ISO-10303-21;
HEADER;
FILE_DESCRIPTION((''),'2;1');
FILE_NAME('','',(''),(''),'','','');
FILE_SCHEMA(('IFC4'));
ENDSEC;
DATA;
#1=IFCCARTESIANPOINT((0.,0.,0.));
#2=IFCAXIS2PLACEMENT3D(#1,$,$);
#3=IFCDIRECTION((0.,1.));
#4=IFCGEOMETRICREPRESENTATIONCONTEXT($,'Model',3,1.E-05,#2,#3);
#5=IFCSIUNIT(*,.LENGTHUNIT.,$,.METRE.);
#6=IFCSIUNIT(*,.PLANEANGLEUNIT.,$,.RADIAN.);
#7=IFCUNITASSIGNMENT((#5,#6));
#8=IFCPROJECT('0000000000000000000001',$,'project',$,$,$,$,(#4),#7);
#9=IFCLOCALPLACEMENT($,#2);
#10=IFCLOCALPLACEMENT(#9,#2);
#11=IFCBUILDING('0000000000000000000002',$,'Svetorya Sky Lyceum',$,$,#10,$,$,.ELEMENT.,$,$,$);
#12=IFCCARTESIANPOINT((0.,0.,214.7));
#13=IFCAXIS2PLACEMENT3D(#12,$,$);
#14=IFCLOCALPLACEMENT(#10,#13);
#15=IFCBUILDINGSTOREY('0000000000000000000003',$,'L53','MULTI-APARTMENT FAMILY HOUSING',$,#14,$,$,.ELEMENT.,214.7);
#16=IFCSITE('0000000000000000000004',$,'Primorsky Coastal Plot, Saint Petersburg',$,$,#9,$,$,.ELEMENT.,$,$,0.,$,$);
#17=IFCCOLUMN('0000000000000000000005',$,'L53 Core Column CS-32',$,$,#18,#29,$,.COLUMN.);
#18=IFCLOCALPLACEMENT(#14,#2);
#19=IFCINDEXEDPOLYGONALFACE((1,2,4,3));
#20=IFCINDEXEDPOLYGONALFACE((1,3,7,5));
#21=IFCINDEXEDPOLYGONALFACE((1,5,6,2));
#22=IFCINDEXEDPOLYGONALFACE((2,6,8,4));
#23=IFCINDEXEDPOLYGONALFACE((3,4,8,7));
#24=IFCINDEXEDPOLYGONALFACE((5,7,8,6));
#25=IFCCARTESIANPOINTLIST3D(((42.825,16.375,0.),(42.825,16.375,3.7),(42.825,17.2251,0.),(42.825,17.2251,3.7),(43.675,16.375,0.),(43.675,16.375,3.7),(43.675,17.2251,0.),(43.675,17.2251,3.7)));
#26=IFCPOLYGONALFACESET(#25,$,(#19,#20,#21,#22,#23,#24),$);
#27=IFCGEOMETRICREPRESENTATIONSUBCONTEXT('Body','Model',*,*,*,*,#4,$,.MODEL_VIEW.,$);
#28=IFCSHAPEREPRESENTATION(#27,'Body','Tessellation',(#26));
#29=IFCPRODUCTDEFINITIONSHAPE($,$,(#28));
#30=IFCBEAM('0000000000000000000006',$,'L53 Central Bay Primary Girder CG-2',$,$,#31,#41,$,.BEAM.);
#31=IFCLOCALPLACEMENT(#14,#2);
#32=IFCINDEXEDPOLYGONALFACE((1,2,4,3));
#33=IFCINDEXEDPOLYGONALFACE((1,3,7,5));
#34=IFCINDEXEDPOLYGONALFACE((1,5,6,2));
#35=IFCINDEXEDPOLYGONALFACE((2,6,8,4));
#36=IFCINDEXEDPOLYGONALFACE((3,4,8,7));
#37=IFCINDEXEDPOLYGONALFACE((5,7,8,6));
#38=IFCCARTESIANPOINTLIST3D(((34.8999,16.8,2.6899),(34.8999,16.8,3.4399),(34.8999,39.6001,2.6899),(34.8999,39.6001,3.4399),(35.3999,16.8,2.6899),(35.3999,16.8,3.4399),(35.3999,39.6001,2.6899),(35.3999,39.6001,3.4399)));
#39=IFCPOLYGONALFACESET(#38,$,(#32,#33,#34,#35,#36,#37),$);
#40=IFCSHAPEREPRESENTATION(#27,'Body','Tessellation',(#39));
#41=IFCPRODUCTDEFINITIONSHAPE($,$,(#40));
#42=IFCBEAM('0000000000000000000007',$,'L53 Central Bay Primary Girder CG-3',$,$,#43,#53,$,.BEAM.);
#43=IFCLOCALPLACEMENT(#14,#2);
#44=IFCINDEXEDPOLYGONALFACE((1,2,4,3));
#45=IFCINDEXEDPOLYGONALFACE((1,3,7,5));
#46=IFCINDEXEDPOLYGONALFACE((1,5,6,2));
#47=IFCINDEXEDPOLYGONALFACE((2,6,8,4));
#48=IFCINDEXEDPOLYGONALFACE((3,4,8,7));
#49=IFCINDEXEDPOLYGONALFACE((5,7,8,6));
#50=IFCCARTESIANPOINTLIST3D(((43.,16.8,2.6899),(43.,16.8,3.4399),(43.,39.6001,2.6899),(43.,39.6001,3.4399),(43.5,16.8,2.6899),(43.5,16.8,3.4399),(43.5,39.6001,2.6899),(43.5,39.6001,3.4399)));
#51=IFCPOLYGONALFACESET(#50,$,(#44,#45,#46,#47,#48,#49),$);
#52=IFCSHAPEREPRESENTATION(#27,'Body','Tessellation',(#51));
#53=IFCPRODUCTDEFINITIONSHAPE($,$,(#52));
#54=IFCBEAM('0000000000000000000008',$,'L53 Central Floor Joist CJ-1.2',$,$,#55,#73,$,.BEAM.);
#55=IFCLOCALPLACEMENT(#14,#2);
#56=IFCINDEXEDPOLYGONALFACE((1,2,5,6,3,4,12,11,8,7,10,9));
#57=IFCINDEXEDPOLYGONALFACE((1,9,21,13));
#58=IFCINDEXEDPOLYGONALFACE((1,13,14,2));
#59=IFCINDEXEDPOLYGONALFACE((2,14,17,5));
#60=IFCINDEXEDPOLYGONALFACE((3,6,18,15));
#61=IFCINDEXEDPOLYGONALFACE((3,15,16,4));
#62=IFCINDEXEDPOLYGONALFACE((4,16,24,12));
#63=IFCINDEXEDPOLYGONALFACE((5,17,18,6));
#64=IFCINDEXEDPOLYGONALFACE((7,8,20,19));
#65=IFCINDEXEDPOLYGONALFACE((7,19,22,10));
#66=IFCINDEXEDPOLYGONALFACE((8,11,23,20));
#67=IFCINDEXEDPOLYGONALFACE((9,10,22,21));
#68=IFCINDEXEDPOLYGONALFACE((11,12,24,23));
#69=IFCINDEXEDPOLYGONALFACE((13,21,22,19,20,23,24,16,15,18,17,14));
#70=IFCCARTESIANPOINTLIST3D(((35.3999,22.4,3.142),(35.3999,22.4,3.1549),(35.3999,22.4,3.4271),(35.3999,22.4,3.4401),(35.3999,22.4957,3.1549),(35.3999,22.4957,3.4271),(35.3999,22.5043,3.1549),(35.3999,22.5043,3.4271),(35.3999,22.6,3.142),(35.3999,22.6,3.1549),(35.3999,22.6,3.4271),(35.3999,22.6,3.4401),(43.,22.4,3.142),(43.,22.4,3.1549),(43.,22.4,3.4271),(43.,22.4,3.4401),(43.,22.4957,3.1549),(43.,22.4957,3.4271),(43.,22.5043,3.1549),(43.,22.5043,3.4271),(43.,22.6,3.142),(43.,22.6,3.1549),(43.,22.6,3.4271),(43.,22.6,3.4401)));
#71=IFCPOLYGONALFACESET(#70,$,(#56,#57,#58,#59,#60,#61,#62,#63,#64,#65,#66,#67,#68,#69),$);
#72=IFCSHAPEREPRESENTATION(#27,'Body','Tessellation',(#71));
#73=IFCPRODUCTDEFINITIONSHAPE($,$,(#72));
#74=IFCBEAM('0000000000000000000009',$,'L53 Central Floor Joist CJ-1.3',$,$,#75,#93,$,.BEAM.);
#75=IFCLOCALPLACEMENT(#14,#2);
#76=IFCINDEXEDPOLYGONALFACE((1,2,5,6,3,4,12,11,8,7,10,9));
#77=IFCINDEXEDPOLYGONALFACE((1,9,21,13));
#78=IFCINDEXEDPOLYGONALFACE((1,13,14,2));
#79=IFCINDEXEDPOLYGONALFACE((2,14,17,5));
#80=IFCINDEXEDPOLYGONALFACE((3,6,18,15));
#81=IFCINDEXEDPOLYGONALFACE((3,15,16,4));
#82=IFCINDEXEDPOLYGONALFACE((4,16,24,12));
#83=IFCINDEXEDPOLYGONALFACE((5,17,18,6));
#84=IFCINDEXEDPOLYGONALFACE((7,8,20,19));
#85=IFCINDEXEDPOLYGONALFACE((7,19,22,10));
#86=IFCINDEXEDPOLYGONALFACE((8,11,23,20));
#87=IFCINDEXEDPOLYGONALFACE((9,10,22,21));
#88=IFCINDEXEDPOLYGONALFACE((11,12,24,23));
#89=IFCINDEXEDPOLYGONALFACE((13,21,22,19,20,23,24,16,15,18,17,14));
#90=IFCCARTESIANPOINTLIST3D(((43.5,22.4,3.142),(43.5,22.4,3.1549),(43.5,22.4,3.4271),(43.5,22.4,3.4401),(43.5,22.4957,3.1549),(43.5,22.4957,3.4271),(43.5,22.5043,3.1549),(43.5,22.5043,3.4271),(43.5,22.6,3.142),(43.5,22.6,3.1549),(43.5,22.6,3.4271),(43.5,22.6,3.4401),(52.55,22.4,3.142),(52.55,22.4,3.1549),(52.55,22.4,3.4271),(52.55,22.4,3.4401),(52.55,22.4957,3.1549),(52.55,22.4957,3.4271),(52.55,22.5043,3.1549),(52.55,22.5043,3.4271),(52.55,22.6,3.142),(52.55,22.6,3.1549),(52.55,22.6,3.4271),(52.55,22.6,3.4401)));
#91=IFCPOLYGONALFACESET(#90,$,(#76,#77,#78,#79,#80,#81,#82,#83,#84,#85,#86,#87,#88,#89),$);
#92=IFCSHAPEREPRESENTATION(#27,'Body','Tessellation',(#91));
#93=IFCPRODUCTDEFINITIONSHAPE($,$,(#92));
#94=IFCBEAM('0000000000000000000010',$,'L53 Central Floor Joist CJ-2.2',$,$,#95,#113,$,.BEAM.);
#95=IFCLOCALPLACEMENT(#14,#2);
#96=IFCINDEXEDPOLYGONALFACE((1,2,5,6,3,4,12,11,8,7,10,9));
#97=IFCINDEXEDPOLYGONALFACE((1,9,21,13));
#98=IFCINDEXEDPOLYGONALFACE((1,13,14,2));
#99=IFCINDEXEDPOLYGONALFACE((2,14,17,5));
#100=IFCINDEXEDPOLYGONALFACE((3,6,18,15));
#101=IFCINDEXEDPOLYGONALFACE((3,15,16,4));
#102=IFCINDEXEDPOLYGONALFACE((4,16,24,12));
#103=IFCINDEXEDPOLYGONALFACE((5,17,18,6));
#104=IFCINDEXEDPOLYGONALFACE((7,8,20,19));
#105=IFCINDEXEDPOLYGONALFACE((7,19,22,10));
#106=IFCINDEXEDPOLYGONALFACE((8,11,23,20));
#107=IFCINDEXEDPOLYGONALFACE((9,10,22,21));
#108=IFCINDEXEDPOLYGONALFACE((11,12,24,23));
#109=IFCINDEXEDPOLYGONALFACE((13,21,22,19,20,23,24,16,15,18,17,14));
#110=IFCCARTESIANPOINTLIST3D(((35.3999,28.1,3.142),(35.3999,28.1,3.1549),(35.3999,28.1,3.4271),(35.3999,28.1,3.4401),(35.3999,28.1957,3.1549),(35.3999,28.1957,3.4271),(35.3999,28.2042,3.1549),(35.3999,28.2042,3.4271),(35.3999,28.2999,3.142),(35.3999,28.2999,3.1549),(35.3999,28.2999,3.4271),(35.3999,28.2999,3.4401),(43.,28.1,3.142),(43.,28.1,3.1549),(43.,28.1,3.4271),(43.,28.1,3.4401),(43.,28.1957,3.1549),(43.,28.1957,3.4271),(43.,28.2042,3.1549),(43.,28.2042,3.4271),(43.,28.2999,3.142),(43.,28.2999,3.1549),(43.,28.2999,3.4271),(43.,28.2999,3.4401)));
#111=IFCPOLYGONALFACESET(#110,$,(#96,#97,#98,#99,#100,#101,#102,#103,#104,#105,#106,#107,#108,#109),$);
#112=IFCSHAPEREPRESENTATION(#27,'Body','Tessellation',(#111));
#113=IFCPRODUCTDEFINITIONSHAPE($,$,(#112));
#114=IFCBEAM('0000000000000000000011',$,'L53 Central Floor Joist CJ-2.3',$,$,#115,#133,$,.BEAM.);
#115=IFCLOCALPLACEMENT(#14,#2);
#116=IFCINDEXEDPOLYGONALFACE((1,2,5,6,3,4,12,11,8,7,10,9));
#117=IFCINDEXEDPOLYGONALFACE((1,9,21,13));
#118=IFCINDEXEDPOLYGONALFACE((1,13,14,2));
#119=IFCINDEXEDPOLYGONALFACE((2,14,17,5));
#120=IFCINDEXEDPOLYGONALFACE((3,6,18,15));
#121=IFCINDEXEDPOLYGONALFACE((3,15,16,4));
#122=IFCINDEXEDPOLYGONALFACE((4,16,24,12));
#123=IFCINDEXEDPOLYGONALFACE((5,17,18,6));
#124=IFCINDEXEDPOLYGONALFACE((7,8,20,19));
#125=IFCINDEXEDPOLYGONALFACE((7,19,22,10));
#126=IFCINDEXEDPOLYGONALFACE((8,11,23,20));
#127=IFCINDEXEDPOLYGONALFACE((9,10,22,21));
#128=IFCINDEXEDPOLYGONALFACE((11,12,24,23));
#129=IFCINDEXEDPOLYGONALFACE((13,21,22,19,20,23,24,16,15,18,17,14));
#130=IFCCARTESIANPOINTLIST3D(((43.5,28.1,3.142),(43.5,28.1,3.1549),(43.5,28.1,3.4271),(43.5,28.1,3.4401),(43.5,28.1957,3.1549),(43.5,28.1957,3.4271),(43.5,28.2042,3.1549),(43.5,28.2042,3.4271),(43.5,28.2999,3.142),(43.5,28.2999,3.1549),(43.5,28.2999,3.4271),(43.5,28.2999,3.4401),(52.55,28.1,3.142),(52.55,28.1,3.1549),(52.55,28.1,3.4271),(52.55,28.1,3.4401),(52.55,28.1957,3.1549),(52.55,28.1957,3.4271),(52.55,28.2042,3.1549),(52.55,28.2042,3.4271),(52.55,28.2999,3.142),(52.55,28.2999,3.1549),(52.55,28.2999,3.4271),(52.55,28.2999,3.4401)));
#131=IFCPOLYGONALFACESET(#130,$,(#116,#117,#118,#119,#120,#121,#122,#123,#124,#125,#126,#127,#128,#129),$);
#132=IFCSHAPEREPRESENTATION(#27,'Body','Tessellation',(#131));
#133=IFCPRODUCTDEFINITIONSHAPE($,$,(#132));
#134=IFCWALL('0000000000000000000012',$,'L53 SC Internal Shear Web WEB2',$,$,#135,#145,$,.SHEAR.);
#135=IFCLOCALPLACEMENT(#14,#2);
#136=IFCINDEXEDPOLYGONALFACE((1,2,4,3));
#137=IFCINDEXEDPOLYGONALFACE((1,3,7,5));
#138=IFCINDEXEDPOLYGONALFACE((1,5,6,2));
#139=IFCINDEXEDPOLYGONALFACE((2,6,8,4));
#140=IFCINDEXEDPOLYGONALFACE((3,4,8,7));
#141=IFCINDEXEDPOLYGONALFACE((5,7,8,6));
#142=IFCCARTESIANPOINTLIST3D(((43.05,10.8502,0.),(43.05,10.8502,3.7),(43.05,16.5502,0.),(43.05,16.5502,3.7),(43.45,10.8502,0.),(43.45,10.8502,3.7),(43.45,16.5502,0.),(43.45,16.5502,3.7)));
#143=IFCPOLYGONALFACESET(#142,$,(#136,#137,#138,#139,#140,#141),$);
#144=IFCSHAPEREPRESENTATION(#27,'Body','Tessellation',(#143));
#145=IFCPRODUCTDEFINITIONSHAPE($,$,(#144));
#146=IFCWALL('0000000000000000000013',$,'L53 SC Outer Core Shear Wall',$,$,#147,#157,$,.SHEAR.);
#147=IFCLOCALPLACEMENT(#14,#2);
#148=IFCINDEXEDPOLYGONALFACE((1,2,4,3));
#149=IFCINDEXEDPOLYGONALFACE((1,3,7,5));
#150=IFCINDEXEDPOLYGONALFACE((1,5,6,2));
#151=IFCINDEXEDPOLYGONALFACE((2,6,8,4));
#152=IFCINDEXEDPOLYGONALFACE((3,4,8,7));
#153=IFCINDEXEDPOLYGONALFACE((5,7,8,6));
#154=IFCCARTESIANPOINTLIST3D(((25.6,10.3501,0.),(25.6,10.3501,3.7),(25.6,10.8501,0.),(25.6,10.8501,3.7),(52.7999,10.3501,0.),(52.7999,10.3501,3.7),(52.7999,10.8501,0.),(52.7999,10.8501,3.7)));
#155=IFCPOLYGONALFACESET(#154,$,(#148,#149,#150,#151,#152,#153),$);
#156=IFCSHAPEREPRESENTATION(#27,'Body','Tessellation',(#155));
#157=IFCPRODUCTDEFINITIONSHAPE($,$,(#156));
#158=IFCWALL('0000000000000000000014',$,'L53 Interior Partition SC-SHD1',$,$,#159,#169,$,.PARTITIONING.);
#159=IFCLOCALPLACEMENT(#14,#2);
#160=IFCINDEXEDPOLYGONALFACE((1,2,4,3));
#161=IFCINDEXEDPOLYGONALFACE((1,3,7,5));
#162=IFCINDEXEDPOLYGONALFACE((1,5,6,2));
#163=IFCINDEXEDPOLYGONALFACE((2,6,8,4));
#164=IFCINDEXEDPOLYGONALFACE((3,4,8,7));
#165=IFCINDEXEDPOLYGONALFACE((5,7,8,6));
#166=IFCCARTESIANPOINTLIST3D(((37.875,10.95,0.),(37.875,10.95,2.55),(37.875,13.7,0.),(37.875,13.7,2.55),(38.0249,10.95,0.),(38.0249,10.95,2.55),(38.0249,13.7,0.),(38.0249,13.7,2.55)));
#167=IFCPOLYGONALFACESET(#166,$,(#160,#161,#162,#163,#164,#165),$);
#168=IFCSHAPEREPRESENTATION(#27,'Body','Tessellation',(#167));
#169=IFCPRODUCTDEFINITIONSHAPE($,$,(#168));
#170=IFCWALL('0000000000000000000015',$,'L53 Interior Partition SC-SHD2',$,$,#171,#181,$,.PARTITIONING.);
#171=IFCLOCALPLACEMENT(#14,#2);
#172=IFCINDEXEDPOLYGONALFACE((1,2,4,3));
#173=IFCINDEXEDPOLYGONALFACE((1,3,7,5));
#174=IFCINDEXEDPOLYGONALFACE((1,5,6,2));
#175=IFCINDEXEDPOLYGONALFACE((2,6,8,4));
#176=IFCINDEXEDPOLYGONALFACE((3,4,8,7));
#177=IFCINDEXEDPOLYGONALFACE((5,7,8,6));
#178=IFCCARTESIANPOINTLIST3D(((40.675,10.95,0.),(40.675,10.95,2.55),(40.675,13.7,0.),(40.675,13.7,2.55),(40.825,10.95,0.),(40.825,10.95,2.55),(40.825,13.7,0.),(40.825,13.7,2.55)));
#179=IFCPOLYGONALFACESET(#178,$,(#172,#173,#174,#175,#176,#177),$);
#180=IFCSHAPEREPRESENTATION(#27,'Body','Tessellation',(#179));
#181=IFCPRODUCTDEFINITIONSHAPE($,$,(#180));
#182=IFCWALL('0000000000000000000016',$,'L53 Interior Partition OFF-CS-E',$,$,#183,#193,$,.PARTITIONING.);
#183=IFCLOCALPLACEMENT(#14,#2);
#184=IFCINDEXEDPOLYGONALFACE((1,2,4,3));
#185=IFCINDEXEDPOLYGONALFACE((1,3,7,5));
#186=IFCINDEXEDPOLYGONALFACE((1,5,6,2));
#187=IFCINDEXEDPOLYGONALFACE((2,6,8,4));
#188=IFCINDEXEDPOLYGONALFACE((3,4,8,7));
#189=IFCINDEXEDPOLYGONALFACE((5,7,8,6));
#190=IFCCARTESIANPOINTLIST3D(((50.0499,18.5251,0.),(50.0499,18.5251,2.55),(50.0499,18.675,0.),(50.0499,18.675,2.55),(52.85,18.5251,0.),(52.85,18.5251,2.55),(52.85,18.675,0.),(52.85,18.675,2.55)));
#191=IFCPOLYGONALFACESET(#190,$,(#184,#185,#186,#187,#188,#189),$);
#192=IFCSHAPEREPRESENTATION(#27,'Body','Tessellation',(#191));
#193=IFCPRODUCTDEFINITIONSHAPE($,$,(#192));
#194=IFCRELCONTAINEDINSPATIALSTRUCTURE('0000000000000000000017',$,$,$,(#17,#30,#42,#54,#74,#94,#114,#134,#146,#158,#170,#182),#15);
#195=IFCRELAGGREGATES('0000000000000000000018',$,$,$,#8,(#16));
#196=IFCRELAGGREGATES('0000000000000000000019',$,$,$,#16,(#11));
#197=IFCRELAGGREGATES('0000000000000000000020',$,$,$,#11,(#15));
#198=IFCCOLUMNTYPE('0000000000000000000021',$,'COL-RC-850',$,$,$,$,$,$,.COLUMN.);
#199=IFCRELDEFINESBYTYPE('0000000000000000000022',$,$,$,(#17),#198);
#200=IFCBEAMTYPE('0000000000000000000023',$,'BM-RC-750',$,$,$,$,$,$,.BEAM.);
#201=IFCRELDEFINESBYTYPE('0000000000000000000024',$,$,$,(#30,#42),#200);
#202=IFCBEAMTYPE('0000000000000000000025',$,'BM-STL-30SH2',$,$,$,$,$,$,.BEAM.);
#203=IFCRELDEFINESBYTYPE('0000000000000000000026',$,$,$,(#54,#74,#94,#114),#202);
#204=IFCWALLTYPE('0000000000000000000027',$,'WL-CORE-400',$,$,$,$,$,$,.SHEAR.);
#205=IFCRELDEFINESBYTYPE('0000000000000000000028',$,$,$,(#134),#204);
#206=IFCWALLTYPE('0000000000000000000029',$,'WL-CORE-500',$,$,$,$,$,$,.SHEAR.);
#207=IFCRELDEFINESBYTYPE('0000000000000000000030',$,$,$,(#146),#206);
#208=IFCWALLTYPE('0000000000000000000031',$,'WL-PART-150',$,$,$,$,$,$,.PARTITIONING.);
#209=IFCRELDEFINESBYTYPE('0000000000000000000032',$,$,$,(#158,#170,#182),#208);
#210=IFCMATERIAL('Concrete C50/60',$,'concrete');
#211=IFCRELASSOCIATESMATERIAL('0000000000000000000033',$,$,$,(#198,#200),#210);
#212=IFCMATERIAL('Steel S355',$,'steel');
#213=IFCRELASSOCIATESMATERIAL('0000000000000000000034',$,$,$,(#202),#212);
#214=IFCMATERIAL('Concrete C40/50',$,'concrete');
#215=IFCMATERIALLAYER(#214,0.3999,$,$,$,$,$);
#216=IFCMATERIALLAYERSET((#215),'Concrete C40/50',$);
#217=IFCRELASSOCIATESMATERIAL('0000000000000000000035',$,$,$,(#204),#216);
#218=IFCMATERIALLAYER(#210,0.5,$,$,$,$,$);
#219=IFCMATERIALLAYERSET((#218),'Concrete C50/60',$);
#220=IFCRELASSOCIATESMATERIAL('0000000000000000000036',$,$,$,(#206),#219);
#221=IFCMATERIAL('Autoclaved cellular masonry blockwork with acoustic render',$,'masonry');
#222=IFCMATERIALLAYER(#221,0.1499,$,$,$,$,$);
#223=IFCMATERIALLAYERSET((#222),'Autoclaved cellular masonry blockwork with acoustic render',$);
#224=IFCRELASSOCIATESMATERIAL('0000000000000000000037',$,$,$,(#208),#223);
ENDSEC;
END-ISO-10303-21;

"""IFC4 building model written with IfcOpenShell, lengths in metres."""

from ifc_helpers import new_model, si_unit, direction, frame, frame_2d, origin, origin_2d, place, context, subcontext, project, spatial, rectangle, i_section, extrude, material, layer, layer_set, material_profile, profile_set, type_object, element, save


model = new_model("IFC4")

# Units and contexts
model_context = context("Model", 3, precision=1e-05, world=origin(), true_north=direction((0.0, 1.0)))
body_context = subcontext(model_context, "Body", "Model", "MODEL_VIEW")
ifc_project = project(units=[si_unit("LENGTHUNIT", "METRE"), si_unit("PLANEANGLEUNIT", "RADIAN")], contexts=[model_context])

# Site, building, storey
site_placement = place(None, origin())
site = spatial("IfcSite", under=ifc_project, at=site_placement, Name="Primorsky Coastal Plot, Saint Petersburg", CompositionType="ELEMENT", RefElevation=0.0)
building_placement = place(site_placement, origin())
building = spatial("IfcBuilding", under=site, at=building_placement, Name="Svetorya Sky Lyceum", CompositionType="ELEMENT")
storey_placement = place(building_placement, frame((0.0, 0.0, 214.7)))
storey = spatial("IfcBuildingStorey", under=building, at=storey_placement, Name="L53", Description="MULTI-APARTMENT FAMILY HOUSING", CompositionType="ELEMENT", Elevation=214.7)

# Column
ifc_material_1 = material(Name="Concrete C50/60", Category="concrete")
ifc_material_profile_1 = material_profile(ifc_material_1, rectangle(XDim=0.8501, YDim=0.8501, at=origin_2d()), Name="RC COL 850x850")
ifc_profile_set_1 = profile_set([ifc_material_profile_1], Name="Concrete C50/60")
column_type = type_object("IfcColumnType", Name="COL-RC-850", PredefinedType="COLUMN", material=ifc_profile_set_1)
column_placement = place(storey_placement, frame((43.25, 16.8, 0.0), z_axis=(0.0, 0.0, 1.0), x_axis=(1.0, 0.0, 0.0)))
element("IfcColumn", 1, at=column_placement, inside=storey, type_object=column_type, Name="L53 Core Column CS-32", PredefinedType="COLUMN", context=body_context, shape_type="SweptSolid", body=[
    extrude(rectangle(XDim=0.8501, YDim=0.8501, at=origin_2d()), origin(), (0.0, 0.0, 1.0), 3.7),
])

# Beams
ifc_material_profile_2 = material_profile(ifc_material_1, rectangle(XDim=0.5, YDim=0.75, at=origin_2d()), Name="RC BEAM 500x750")
ifc_profile_set_2 = profile_set([ifc_material_profile_2], Name="Concrete C50/60")
beam_type_1 = type_object("IfcBeamType", Name="BM-RC-750", PredefinedType="BEAM", material=ifc_profile_set_2)
for number, where, z_axis, x_axis, name in (
    (2, (35.1499, 16.8, 3.0649), (0.0, 1.0, 0.0), (-1.0, 0.0, 0.0), "L53 Central Bay Primary Girder CG-2"),
    (3, (43.25, 16.8, 3.0649), (0.0, 1.0, 0.0), (-1.0, 0.0, 0.0), "L53 Central Bay Primary Girder CG-3"),
):
    element("IfcBeam", number, at=place(storey_placement, frame(where, z_axis=z_axis, x_axis=x_axis)), inside=storey, type_object=beam_type_1, Name=name, PredefinedType="BEAM", context=body_context, shape_type="SweptSolid", body=[
        extrude(rectangle(XDim=0.5, YDim=0.75, at=origin_2d()), origin(), (0.0, 0.0, 1.0), 22.8),
    ])
ifc_material_2 = material(Name="Steel S355", Category="steel")
ifc_material_profile_3 = material_profile(ifc_material_2, i_section(OverallWidth=0.2, OverallDepth=0.2981, WebThickness=0.0085, FlangeThickness=0.0129, at=origin_2d()), Name="GOST 30Sh2")
ifc_profile_set_3 = profile_set([ifc_material_profile_3], Name="Steel S355")
beam_type_2 = type_object("IfcBeamType", Name="BM-STL-30SH2", PredefinedType="BEAM", material=ifc_profile_set_3)
beam_1_placement = place(storey_placement, frame((35.3999, 22.5, 3.291), z_axis=(1.0, 0.0, 0.0), x_axis=(0.0, 1.0, 0.0)))
element("IfcBeam", 4, at=beam_1_placement, inside=storey, type_object=beam_type_2, Name="L53 Central Floor Joist CJ-1.2", PredefinedType="BEAM", context=body_context, shape_type="SweptSolid", body=[
    extrude(i_section(OverallWidth=0.2, OverallDepth=0.2981, WebThickness=0.0085, FlangeThickness=0.0129, at=origin_2d()), origin(), (0.0, 0.0, 1.0), 7.6001),
])
beam_2_placement = place(storey_placement, frame((43.5, 22.5, 3.291), z_axis=(1.0, 0.0, 0.0), x_axis=(0.0, 1.0, 0.0)))
element("IfcBeam", 5, at=beam_2_placement, inside=storey, type_object=beam_type_2, Name="L53 Central Floor Joist CJ-1.3", PredefinedType="BEAM", context=body_context, shape_type="SweptSolid", body=[
    extrude(i_section(OverallWidth=0.2, OverallDepth=0.2981, WebThickness=0.0085, FlangeThickness=0.0129, at=origin_2d()), origin(), (0.0, 0.0, 1.0), 9.05),
])
beam_3_placement = place(storey_placement, frame((35.3999, 28.2, 3.291), z_axis=(1.0, 0.0, 0.0), x_axis=(0.0, 1.0, 0.0)))
element("IfcBeam", 6, at=beam_3_placement, inside=storey, type_object=beam_type_2, Name="L53 Central Floor Joist CJ-2.2", PredefinedType="BEAM", context=body_context, shape_type="SweptSolid", body=[
    extrude(i_section(OverallWidth=0.2, OverallDepth=0.2981, WebThickness=0.0085, FlangeThickness=0.0129, at=origin_2d()), origin(), (0.0, 0.0, 1.0), 7.6001),
])
beam_4_placement = place(storey_placement, frame((43.5, 28.2, 3.291), z_axis=(1.0, 0.0, 0.0), x_axis=(0.0, 1.0, 0.0)))
element("IfcBeam", 7, at=beam_4_placement, inside=storey, type_object=beam_type_2, Name="L53 Central Floor Joist CJ-2.3", PredefinedType="BEAM", context=body_context, shape_type="SweptSolid", body=[
    extrude(i_section(OverallWidth=0.2, OverallDepth=0.2981, WebThickness=0.0085, FlangeThickness=0.0129, at=origin_2d()), origin(), (0.0, 0.0, 1.0), 9.05),
])

# Walls
ifc_material_3 = material(Name="Concrete C40/50", Category="concrete")
ifc_layer_1 = layer(ifc_material_3, 0.3999)
ifc_layer_set_1 = layer_set([ifc_layer_1], Name="Concrete C40/50")
wall_type_1 = type_object("IfcWallType", Name="WL-CORE-400", PredefinedType="SHEAR", material=ifc_layer_set_1)
wall_1_placement = place(storey_placement, frame((43.25, 10.8501, 0.0), z_axis=(0.0, 0.0, 1.0), x_axis=(0.0, 1.0, 0.0)))
element("IfcWall", 8, at=wall_1_placement, inside=storey, type_object=wall_type_1, Name="L53 SC Internal Shear Web WEB2", PredefinedType="SHEAR", context=body_context, shape_type="SweptSolid", body=[
    extrude(rectangle(XDim=5.7, YDim=0.3999, at=frame_2d((2.8501, 0.0))), origin(), (0.0, 0.0, 1.0), 3.7),
])
ifc_layer_2 = layer(ifc_material_1, 0.5)
ifc_layer_set_2 = layer_set([ifc_layer_2], Name="Concrete C50/60")
wall_type_2 = type_object("IfcWallType", Name="WL-CORE-500", PredefinedType="SHEAR", material=ifc_layer_set_2)
wall_2_placement = place(storey_placement, frame((52.8, 10.6001, 0.0), z_axis=(0.0, 0.0, 1.0), x_axis=(-1.0, 0.0, 0.0)))
element("IfcWall", 9, at=wall_2_placement, inside=storey, type_object=wall_type_2, Name="L53 SC Outer Core Shear Wall", PredefinedType="SHEAR", context=body_context, shape_type="SweptSolid", body=[
    extrude(rectangle(XDim=27.2, YDim=0.5, at=frame_2d((13.6001, 0.0))), origin(), (0.0, 0.0, 1.0), 3.7),
])
ifc_material_4 = material(Name="Autoclaved cellular masonry blockwork with acoustic render", Category="masonry")
ifc_layer_3 = layer(ifc_material_4, 0.1499)
ifc_layer_set_3 = layer_set([ifc_layer_3], Name="Autoclaved cellular masonry blockwork with acoustic render")
wall_type_3 = type_object("IfcWallType", Name="WL-PART-150", PredefinedType="PARTITIONING", material=ifc_layer_set_3)
for number, where, z_axis, x_axis, name in (
    (10, (37.95, 10.95, 0.0), (0.0, 0.0, 1.0), (0.0, 1.0, 0.0), "L53 Interior Partition SC-SHD1"),
    (11, (40.75, 10.95, 0.0), (0.0, 0.0, 1.0), (0.0, 1.0, 0.0), "L53 Interior Partition SC-SHD2"),
):
    element("IfcWall", number, at=place(storey_placement, frame(where, z_axis=z_axis, x_axis=x_axis)), inside=storey, type_object=wall_type_3, Name=name, PredefinedType="PARTITIONING", context=body_context, shape_type="SweptSolid", body=[
        extrude(rectangle(XDim=2.75, YDim=0.1499, at=frame_2d((1.375, 0.0))), origin(), (0.0, 0.0, 1.0), 2.55),
    ])
wall_3_placement = place(storey_placement, frame((50.05, 18.6001, 0.0), z_axis=(0.0, 0.0, 1.0), x_axis=(1.0, 0.0, 0.0)))
element("IfcWall", 12, at=wall_3_placement, inside=storey, type_object=wall_type_3, Name="L53 Interior Partition OFF-CS-E", PredefinedType="PARTITIONING", context=body_context, shape_type="SweptSolid", body=[
    extrude(rectangle(XDim=2.8, YDim=0.1499, at=frame_2d((1.3999, 0.0))), origin(), (0.0, 0.0, 1.0), 2.55),
])

save(model, "model.ifc")
